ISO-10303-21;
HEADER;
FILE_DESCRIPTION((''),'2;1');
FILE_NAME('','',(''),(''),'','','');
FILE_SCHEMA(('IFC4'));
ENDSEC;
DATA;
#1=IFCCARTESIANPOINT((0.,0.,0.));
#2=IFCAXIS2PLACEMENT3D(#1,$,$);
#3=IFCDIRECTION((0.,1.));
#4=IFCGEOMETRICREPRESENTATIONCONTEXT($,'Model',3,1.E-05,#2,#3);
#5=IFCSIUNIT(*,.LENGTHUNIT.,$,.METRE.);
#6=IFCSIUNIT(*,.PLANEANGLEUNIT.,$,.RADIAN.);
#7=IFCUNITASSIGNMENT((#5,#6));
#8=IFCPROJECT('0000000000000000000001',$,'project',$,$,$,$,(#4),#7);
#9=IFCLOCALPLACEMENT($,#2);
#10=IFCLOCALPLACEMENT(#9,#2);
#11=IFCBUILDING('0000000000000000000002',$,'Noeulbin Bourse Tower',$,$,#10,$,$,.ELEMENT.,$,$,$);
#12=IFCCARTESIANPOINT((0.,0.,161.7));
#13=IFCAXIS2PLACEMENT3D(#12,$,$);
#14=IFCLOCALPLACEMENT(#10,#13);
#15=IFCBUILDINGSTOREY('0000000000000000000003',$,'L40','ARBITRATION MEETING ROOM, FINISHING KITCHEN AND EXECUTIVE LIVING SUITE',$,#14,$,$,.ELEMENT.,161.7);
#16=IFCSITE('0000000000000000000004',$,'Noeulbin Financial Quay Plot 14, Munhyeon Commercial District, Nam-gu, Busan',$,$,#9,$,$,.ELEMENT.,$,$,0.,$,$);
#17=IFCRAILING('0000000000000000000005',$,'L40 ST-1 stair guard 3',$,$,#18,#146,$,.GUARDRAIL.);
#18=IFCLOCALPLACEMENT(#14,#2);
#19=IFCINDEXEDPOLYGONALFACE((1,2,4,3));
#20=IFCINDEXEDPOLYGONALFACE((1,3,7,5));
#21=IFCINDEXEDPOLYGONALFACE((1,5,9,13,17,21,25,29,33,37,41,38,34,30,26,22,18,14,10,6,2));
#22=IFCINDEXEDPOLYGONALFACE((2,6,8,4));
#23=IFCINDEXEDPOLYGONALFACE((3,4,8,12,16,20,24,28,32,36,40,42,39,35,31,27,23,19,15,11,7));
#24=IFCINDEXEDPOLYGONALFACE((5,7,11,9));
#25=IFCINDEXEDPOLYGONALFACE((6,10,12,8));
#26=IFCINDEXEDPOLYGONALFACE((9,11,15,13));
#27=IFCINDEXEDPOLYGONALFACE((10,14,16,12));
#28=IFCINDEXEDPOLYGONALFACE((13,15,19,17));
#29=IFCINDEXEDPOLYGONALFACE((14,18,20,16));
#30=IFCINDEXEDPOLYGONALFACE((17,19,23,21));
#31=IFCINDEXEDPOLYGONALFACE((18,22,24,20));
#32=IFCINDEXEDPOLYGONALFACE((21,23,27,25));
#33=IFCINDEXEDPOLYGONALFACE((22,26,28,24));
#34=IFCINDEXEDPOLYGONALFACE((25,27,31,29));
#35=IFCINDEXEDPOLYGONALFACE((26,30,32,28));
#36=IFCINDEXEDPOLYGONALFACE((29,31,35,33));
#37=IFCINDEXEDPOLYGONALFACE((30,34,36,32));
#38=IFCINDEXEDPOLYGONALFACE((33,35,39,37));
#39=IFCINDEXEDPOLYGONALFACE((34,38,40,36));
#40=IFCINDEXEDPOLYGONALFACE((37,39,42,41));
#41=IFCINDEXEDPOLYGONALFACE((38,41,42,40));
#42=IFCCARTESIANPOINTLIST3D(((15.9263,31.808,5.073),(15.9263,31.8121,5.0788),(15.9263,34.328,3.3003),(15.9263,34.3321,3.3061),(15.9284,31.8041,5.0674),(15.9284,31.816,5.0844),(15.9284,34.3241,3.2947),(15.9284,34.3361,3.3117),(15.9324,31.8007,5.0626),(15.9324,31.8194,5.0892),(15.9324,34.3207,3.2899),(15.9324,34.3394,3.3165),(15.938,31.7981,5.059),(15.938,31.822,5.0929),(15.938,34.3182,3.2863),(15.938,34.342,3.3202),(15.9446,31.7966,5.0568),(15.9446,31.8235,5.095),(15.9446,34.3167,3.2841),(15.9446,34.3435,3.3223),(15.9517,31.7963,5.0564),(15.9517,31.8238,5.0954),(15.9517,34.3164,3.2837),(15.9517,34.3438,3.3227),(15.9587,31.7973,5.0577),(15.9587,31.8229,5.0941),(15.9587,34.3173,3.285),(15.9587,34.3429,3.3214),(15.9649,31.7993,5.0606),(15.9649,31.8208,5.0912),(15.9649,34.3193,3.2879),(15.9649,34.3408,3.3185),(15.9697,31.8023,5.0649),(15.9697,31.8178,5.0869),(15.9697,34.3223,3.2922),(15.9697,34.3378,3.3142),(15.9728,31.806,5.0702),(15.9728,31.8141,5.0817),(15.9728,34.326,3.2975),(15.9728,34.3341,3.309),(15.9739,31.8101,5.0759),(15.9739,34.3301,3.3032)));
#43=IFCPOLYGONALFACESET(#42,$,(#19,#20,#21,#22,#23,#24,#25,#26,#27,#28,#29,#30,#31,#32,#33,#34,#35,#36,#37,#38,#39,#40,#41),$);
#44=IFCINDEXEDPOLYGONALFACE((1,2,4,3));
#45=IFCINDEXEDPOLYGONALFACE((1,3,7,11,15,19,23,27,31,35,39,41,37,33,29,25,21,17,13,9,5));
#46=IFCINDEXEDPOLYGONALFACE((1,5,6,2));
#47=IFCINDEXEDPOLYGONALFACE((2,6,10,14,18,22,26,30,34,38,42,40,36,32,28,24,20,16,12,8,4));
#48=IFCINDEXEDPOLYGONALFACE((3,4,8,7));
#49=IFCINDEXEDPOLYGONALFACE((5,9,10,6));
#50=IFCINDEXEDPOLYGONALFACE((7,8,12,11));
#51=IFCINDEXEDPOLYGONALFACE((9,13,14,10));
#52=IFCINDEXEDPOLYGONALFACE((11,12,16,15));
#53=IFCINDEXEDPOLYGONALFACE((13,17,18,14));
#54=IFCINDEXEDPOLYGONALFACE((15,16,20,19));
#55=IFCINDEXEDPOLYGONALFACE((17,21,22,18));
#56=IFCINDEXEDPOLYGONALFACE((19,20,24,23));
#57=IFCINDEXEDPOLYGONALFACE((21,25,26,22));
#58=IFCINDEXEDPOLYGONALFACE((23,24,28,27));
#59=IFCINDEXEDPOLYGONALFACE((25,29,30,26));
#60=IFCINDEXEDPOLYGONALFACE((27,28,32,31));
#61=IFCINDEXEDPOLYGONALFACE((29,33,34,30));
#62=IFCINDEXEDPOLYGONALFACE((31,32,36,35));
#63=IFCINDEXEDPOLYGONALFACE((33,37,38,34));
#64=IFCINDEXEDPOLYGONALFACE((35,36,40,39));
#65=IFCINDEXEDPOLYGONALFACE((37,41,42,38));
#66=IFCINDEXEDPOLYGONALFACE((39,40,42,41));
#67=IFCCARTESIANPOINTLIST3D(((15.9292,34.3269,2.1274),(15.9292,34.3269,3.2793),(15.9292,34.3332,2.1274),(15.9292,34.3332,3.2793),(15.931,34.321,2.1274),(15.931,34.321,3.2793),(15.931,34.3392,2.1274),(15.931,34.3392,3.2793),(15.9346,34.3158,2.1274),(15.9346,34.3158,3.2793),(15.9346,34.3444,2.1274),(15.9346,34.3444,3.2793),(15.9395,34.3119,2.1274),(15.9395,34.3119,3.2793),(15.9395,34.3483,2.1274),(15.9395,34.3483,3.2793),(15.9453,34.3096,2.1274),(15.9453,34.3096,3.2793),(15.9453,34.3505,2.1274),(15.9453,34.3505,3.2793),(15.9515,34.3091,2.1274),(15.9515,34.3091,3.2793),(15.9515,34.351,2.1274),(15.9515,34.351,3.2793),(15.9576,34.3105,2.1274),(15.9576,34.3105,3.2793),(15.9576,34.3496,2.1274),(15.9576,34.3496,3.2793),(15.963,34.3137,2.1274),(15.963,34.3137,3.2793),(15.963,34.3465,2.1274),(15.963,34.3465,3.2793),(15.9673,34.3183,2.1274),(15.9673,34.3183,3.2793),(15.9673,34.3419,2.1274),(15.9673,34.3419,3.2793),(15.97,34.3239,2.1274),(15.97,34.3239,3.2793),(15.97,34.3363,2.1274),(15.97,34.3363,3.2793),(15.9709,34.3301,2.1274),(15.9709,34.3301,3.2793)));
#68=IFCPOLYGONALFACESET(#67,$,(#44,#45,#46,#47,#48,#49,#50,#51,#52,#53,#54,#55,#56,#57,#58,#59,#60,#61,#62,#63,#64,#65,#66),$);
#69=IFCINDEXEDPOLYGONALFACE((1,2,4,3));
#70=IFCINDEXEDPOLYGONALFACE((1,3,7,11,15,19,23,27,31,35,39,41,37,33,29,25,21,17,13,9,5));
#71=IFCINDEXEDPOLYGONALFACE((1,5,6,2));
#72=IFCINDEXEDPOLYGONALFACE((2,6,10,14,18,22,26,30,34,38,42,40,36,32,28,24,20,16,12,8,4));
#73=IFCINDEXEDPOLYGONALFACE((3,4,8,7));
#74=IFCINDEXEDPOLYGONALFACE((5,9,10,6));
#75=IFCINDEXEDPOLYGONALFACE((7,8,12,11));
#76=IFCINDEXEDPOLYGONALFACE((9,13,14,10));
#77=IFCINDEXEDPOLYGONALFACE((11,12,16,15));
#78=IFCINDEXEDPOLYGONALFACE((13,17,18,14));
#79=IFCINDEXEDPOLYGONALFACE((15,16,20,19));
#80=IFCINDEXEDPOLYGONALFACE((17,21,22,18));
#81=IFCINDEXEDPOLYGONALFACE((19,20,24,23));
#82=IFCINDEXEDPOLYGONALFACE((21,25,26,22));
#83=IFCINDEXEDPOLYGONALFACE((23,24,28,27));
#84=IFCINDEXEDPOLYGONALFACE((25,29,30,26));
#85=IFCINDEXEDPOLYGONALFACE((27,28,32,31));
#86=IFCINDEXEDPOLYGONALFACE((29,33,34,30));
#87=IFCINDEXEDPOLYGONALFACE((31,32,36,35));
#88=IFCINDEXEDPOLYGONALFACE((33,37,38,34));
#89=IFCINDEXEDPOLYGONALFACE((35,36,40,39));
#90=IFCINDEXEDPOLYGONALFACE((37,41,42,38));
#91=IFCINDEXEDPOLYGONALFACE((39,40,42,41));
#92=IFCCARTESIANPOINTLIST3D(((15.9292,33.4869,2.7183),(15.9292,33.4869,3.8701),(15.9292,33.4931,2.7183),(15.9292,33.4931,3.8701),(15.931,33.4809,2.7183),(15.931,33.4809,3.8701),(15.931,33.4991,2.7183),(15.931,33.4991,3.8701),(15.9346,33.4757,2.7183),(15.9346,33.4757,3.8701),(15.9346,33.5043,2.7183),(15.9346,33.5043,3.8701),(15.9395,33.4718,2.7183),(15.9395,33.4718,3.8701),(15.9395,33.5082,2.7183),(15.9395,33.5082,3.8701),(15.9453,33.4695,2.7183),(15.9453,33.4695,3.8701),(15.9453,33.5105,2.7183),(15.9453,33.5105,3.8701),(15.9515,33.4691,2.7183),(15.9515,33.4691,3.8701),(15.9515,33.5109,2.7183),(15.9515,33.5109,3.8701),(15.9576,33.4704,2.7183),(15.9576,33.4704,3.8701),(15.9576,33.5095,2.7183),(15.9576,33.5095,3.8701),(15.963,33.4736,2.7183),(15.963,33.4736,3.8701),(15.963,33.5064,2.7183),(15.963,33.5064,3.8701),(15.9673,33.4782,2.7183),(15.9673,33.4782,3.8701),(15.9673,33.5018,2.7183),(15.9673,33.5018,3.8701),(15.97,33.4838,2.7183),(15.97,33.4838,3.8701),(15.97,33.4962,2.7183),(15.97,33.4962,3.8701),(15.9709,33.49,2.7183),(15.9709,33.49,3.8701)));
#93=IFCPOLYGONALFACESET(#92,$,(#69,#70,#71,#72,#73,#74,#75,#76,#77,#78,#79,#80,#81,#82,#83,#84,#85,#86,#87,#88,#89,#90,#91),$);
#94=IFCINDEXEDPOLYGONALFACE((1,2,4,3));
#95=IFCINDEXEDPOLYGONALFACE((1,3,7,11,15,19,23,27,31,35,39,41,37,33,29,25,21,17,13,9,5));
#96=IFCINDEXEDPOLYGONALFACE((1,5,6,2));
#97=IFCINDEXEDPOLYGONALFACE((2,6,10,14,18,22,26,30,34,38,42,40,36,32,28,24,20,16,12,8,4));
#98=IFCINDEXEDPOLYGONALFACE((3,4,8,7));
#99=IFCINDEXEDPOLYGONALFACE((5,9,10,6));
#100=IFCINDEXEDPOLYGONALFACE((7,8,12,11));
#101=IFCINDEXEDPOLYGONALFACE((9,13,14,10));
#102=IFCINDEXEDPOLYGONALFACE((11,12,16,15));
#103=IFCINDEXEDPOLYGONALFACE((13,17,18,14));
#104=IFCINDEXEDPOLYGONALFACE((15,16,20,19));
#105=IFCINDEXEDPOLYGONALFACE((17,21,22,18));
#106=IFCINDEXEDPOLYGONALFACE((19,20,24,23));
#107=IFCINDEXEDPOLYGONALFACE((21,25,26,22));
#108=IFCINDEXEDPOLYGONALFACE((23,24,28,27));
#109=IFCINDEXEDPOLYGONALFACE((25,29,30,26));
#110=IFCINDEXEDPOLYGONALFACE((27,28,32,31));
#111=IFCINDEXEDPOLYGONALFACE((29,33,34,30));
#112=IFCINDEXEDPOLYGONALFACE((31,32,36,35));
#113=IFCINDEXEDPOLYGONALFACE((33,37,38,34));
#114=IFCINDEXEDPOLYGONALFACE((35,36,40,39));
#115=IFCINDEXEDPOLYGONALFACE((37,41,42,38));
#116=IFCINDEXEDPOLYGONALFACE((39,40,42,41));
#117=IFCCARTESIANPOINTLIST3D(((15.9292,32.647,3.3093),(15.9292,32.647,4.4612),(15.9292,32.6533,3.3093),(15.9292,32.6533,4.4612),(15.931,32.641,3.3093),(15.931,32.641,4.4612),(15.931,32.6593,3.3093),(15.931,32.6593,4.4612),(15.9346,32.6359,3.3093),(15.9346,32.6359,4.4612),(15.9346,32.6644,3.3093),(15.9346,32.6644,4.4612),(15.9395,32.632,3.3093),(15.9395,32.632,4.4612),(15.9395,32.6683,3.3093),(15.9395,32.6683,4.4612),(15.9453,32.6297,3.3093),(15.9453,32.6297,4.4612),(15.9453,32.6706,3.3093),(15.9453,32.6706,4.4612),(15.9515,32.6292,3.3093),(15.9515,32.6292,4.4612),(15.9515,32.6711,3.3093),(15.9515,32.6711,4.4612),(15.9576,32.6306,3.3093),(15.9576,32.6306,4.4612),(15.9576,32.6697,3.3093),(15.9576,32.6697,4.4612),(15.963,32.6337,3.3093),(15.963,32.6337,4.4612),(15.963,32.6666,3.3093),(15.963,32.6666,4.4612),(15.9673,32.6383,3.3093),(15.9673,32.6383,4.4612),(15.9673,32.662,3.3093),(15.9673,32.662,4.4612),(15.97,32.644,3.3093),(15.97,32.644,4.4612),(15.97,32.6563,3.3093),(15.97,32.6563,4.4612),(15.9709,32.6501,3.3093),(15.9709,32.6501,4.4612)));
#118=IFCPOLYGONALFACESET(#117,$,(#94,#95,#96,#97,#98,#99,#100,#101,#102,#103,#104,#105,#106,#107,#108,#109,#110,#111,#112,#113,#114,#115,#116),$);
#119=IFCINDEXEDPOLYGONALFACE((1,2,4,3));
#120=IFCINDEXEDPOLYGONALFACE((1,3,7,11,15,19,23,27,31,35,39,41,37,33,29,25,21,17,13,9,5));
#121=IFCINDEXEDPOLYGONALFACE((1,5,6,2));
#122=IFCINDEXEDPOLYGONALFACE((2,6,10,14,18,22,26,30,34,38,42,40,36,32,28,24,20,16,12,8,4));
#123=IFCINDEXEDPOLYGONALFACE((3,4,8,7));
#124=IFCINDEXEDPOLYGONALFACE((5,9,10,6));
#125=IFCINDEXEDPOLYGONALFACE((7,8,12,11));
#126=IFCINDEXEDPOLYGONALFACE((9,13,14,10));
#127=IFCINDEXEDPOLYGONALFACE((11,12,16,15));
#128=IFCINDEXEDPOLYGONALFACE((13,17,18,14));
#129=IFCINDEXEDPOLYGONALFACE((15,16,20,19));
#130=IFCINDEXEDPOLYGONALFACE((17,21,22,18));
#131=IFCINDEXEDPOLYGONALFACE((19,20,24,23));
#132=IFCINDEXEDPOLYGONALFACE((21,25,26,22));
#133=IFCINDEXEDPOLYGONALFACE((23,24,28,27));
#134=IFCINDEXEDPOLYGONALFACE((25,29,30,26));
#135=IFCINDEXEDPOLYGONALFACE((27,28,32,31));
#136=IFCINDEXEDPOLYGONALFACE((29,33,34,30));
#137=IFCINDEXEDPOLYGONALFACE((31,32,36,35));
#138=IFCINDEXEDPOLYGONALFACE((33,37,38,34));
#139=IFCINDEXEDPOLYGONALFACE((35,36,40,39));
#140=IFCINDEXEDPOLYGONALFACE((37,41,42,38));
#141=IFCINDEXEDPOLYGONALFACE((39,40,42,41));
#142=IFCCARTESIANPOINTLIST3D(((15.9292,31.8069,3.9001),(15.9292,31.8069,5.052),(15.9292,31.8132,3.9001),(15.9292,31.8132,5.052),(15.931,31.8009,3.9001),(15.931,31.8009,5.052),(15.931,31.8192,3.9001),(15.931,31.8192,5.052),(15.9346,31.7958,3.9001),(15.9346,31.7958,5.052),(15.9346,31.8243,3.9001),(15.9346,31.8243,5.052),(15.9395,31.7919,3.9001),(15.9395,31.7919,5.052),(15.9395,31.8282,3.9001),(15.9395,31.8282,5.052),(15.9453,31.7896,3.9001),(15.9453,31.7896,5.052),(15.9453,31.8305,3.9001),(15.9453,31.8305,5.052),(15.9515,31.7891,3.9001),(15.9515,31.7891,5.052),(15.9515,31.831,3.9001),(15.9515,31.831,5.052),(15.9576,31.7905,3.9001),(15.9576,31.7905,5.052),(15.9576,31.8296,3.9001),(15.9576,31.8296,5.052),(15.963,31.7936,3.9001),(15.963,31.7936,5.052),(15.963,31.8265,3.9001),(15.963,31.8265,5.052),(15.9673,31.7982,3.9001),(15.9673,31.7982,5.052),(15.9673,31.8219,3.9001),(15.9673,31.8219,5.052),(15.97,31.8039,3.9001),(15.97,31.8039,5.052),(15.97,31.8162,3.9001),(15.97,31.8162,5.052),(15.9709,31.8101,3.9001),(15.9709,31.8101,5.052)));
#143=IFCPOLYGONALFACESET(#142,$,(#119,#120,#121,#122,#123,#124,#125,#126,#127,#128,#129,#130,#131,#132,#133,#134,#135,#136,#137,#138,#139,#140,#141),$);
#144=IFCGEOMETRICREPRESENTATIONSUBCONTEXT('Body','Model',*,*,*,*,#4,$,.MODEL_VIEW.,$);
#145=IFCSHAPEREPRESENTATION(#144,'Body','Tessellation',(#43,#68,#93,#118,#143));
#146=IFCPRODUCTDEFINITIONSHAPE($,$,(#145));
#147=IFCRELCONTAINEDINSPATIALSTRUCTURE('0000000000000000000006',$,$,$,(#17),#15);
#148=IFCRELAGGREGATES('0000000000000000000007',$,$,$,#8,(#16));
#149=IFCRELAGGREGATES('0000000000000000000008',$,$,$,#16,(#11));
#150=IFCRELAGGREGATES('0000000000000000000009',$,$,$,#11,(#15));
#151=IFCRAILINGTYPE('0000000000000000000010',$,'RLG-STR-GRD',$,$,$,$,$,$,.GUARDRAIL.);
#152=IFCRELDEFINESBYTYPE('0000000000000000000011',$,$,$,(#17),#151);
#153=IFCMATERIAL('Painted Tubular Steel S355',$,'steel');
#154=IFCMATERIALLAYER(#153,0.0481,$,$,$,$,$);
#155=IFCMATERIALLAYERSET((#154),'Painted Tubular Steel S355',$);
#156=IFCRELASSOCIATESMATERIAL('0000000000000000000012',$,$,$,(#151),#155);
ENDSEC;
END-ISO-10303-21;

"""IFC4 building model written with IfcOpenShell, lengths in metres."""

from ifc_helpers import new_model, si_unit, direction, frame, origin, origin_2d, place, context, subcontext, project, spatial, circle, extrude, material, layer, layer_set, type_object, element, save


model = new_model("IFC4")

# Units and contexts
model_context = context("Model", 3, precision=1e-05, world=origin(), true_north=direction((0.0, 1.0)))
body_context = subcontext(model_context, "Body", "Model", "MODEL_VIEW")
ifc_project = project(units=[si_unit("LENGTHUNIT", "METRE"), si_unit("PLANEANGLEUNIT", "RADIAN")], contexts=[model_context])

# Site, building, storey
site_placement = place(None, origin())
site = spatial("IfcSite", under=ifc_project, at=site_placement, Name="Noeulbin Financial Quay Plot 14, Munhyeon Commercial District, Nam-gu, Busan", CompositionType="ELEMENT", RefElevation=0.0)
building_placement = place(site_placement, origin())
building = spatial("IfcBuilding", under=site, at=building_placement, Name="Noeulbin Bourse Tower", CompositionType="ELEMENT")
storey_placement = place(building_placement, frame((0.0, 0.0, 161.7)))
storey = spatial("IfcBuildingStorey", under=building, at=storey_placement, Name="L40", Description="ARBITRATION MEETING ROOM, FINISHING KITCHEN AND EXECUTIVE LIVING SUITE", CompositionType="ELEMENT", Elevation=161.7)

# Railing
ifc_material_1 = material(Name="Painted Tubular Steel S355", Category="steel")
ifc_layer_1 = layer(ifc_material_1, 0.0481)
ifc_layer_set_1 = layer_set([ifc_layer_1], Name="Painted Tubular Steel S355")
railing_type_1 = type_object("IfcRailingType", Name="RLG-STR-GRD", PredefinedType="GUARDRAIL", material=ifc_layer_set_1)
railing_1_placement = place(storey_placement, frame((15.95, 34.3301, 2.1274)))
element("IfcRailing", 1, at=railing_1_placement, inside=storey, type_object=railing_type_1, Name="L40 ST-1 stair guard 3", PredefinedType="GUARDRAIL", context=body_context, shape_type="SweptSolid", body=[
    extrude(circle(Radius=0.0239, at=origin_2d()), frame((0.0, 0.0, 1.1758), z_axis=(0.0, -0.817904, 0.575354), x_axis=(1.0, 0.0, 0.0)), (0.0, 0.0, 1.0), 3.0811),
    extrude(circle(Radius=0.021, at=origin_2d()), origin(), (0.0, 0.0, 1.0), 1.1519),
    extrude(circle(Radius=0.021, at=origin_2d()), frame((0.0, -0.8401, 0.5908)), (0.0, 0.0, 1.0), 1.1519),
    extrude(circle(Radius=0.021, at=origin_2d()), frame((0.0, -1.6799, 1.1819)), (0.0, 0.0, 1.0), 1.1519),
    extrude(circle(Radius=0.021, at=origin_2d()), frame((0.0, -2.52, 1.7727)), (0.0, 0.0, 1.0), 1.1519),
])

save(model, "model.ifc")
